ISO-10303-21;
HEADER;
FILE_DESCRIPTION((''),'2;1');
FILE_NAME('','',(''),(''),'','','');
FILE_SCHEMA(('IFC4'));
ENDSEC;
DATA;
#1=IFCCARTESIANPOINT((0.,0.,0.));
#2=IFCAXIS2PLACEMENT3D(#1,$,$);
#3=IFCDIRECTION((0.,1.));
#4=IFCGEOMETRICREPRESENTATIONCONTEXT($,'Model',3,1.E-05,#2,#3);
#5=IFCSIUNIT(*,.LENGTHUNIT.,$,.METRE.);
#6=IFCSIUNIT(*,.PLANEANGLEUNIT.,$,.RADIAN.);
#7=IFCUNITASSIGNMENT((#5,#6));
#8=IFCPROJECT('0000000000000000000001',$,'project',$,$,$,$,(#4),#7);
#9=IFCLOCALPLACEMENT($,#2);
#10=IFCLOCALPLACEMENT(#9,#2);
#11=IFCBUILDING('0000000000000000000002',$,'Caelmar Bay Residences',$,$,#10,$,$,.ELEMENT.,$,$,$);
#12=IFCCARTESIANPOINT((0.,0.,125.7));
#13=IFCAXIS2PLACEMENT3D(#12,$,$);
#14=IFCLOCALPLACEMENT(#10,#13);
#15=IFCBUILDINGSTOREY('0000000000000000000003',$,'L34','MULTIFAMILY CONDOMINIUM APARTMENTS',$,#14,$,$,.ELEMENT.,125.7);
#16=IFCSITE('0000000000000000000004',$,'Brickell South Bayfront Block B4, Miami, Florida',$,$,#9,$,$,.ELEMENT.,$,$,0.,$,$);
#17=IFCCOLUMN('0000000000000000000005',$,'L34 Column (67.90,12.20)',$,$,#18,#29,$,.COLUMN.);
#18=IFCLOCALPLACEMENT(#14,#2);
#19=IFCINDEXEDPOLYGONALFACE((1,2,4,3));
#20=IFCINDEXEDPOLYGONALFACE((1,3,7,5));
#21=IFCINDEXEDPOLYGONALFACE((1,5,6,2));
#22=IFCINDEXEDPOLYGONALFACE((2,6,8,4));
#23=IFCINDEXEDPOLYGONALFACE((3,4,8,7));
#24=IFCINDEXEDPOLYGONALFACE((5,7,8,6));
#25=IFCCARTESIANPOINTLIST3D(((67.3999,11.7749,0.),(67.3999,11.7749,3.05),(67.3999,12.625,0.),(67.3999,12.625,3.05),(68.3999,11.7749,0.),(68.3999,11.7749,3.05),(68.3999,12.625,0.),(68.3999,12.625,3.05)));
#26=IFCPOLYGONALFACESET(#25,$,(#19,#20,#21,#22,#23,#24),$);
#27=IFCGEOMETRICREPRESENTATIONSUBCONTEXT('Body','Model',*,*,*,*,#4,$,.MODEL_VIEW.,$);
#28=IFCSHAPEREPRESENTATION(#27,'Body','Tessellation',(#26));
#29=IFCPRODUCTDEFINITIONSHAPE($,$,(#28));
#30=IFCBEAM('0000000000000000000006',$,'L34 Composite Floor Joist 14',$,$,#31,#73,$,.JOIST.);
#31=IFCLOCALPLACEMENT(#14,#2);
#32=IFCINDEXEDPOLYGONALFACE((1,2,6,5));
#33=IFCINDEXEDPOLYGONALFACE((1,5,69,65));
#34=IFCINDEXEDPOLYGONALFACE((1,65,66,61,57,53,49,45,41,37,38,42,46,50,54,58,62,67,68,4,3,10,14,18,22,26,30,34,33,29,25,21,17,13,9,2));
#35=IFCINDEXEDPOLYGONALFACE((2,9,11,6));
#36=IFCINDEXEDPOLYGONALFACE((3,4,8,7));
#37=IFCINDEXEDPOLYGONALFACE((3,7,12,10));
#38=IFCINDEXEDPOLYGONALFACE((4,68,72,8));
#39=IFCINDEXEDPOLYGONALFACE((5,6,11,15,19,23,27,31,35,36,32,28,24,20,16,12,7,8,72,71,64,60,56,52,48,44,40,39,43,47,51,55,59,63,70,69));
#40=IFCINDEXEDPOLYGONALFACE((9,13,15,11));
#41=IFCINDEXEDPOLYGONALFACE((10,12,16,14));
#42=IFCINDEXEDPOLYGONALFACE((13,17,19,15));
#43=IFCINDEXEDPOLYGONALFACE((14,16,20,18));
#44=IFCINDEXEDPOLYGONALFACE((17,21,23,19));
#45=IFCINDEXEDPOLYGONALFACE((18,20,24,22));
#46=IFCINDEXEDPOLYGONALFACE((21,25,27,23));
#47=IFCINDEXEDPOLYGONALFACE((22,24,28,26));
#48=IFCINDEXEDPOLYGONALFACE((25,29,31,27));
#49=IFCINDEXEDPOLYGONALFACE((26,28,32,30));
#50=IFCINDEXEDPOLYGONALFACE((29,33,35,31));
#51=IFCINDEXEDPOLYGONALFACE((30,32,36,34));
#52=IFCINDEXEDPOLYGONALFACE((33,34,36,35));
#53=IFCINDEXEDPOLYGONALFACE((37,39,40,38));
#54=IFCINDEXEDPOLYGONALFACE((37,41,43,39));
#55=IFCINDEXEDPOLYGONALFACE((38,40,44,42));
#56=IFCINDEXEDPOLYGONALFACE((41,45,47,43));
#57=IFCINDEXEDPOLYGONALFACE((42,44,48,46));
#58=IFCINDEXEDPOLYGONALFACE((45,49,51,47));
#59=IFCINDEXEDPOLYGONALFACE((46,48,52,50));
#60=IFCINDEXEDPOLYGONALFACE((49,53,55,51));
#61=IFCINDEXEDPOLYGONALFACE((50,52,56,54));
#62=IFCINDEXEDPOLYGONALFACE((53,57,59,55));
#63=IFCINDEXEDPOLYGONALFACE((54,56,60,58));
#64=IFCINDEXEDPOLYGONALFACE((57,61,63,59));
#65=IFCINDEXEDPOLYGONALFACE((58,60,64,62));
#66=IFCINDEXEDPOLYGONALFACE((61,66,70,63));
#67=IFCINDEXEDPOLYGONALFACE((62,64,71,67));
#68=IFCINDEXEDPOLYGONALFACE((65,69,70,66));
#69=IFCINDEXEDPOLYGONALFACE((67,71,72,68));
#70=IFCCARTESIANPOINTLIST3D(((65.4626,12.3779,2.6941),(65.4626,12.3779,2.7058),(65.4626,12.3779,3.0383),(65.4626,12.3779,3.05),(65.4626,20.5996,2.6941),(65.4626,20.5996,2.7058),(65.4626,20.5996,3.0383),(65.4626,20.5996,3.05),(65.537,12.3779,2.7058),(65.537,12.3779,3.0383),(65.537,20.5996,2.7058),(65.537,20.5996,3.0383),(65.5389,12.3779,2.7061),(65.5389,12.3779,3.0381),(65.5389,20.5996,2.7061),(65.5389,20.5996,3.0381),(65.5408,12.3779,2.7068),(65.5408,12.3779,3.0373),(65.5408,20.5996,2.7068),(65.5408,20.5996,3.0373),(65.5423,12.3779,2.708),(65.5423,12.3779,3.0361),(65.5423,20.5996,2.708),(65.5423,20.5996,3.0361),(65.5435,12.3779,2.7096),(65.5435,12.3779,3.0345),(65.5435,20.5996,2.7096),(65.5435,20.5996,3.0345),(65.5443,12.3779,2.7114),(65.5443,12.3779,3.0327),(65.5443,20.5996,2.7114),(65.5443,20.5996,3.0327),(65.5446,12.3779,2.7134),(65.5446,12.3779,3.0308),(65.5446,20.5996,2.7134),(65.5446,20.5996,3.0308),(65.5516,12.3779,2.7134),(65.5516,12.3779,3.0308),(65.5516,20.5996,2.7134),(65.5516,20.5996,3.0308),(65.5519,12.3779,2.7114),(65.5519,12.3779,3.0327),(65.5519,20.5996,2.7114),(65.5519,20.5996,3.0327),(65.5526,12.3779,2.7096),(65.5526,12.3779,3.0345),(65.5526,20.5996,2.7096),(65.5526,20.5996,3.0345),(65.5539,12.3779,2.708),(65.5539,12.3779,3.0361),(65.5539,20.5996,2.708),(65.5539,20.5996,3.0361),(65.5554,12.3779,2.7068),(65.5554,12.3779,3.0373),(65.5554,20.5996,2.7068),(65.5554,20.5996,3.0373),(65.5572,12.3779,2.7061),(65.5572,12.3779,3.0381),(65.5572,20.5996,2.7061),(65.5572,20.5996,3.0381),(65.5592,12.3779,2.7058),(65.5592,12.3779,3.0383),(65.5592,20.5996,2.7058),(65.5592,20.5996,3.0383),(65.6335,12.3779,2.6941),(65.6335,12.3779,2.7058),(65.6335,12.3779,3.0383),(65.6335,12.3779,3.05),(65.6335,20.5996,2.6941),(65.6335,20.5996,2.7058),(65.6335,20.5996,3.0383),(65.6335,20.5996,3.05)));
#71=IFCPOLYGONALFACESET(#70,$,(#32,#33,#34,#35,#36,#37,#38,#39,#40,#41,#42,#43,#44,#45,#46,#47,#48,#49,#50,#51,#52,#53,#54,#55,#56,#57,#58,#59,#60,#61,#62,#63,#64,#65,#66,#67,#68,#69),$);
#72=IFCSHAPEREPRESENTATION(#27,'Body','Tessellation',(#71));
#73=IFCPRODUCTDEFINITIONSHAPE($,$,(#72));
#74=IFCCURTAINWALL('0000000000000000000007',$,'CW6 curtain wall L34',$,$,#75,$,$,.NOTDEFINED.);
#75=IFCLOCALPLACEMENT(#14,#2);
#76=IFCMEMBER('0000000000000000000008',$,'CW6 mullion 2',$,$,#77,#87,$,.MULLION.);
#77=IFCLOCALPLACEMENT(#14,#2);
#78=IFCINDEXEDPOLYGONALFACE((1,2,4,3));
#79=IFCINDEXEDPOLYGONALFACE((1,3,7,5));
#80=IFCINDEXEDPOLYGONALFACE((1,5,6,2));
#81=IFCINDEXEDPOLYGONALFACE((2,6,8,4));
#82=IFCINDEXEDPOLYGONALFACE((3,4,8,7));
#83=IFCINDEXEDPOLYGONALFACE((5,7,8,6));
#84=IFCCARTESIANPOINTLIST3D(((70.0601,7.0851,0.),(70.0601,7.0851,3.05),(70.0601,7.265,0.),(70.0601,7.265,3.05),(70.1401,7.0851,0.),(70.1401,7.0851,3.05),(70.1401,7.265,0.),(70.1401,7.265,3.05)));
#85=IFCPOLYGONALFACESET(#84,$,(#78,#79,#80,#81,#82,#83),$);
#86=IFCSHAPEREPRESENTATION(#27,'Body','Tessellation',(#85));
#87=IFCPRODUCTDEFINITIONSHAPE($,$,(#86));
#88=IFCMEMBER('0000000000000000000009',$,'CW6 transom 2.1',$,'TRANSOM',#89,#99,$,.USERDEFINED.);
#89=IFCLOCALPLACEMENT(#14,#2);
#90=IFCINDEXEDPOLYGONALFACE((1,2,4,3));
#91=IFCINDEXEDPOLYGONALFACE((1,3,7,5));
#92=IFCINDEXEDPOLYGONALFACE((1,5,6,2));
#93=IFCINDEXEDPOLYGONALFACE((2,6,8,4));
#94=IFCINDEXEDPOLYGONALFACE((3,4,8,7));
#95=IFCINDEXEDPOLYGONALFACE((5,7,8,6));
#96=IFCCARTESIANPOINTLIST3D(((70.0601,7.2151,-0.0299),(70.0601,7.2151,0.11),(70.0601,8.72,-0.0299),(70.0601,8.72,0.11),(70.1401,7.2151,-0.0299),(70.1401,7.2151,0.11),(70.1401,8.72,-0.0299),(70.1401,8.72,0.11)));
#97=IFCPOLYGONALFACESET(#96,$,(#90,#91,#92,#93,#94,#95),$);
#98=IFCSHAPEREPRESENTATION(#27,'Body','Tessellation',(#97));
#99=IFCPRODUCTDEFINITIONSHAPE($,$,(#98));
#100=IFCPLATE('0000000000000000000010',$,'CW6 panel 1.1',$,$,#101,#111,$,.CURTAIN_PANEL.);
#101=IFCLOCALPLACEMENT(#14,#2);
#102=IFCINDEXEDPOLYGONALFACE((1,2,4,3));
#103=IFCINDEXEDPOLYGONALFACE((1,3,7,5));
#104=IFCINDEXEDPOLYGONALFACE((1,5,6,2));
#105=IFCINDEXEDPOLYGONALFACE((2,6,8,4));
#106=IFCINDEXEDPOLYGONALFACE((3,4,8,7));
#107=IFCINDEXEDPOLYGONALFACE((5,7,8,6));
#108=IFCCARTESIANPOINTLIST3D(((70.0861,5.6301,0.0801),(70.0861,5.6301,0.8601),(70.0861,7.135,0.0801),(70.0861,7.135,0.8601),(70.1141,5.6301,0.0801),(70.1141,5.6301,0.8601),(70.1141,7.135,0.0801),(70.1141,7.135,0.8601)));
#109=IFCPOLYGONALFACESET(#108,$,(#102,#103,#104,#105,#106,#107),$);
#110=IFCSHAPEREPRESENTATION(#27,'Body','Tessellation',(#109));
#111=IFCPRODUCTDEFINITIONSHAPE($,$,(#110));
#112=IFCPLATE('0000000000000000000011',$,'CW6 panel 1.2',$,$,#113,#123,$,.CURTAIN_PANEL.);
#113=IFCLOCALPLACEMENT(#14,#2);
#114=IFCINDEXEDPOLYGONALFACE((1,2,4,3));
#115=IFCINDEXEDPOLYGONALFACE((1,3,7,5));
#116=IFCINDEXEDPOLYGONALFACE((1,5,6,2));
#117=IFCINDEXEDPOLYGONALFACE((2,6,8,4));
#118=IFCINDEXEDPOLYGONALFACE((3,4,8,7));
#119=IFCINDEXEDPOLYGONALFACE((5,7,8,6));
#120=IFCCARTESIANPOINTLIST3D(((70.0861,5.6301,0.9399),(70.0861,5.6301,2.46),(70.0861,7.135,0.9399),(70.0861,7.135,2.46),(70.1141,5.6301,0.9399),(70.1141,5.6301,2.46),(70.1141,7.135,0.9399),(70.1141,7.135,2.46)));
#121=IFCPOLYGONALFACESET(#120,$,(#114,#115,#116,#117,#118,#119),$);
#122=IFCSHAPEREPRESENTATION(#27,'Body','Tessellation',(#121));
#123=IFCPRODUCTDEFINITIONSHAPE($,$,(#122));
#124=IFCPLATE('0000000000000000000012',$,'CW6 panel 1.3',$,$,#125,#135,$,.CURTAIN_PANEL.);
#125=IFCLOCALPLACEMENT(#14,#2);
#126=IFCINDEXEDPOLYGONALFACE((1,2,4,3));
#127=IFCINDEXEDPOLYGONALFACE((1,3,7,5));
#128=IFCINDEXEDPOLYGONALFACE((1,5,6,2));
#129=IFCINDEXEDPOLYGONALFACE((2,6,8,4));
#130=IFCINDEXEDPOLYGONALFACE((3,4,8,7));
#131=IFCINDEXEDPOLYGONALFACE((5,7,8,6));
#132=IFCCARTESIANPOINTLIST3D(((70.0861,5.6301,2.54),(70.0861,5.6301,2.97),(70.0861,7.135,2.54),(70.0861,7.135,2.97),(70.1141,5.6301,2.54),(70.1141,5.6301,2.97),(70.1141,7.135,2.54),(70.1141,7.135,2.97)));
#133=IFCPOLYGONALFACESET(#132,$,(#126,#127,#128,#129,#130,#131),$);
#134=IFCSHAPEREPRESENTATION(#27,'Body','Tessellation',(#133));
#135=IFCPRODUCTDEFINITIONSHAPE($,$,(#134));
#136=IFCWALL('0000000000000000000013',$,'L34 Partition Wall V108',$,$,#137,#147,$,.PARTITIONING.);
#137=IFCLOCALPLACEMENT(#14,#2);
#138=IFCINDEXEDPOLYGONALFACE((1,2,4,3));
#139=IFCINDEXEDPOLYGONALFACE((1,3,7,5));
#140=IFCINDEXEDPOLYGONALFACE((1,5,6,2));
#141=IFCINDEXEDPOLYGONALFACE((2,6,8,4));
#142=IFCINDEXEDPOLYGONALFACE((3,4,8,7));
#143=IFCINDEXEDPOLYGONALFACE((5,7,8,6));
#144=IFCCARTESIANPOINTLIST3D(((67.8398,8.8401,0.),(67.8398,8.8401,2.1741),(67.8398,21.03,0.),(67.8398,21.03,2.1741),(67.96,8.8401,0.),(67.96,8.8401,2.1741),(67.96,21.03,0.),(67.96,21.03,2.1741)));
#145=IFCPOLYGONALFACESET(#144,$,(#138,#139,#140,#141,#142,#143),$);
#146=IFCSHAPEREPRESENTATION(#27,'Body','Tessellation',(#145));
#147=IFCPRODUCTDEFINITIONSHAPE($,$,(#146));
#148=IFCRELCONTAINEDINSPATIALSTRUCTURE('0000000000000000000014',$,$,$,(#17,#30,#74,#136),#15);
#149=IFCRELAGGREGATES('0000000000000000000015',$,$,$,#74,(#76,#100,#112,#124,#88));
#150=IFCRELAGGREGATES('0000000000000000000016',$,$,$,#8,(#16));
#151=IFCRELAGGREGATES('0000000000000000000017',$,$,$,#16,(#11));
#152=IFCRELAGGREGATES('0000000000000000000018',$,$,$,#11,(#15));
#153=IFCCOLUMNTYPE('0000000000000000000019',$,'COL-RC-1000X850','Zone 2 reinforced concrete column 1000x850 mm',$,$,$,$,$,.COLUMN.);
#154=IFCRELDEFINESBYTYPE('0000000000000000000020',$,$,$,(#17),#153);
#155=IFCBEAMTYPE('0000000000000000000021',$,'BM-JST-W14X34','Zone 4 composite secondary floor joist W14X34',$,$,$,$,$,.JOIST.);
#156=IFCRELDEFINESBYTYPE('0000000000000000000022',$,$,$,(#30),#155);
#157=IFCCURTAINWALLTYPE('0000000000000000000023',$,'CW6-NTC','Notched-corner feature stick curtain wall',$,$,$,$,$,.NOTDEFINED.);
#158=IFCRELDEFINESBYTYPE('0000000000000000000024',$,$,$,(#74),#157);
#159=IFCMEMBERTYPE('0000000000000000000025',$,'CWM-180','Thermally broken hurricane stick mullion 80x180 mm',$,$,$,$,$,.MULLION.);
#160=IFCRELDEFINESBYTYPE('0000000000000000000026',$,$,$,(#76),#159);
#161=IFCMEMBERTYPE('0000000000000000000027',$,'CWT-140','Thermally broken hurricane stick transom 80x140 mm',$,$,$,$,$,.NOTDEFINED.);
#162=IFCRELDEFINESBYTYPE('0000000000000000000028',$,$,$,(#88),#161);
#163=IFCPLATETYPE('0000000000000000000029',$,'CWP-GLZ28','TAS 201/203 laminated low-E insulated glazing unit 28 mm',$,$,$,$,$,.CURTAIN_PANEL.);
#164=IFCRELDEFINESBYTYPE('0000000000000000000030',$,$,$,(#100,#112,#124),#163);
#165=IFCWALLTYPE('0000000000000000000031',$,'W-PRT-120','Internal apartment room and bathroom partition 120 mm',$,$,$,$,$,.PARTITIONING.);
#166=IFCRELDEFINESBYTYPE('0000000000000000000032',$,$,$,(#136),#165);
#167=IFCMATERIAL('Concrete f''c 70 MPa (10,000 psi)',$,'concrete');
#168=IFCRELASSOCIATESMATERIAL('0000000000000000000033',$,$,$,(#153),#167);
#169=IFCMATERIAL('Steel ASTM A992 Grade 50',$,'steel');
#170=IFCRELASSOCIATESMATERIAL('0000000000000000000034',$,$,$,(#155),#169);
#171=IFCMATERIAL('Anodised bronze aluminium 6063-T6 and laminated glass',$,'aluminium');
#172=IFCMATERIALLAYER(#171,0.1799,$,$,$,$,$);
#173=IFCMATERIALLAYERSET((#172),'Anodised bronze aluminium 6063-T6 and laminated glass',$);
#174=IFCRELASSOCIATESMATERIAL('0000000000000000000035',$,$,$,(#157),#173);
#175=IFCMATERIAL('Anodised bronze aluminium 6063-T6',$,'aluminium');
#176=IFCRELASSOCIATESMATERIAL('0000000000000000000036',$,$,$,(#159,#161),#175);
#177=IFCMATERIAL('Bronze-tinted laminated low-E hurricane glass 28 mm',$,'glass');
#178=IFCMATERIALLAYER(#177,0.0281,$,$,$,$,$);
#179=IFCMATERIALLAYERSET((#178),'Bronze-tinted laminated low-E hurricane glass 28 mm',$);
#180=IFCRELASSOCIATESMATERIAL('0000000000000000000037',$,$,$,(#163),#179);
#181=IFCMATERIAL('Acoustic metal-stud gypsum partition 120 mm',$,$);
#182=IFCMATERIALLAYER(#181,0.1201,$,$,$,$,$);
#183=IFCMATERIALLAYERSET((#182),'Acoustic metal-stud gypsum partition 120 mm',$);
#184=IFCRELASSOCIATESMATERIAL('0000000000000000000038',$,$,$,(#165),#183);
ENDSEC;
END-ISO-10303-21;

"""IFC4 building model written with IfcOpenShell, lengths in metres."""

from ifc_helpers import new_model, si_unit, direction, frame, frame_2d, origin, origin_2d, place, context, subcontext, project, spatial, rectangle, i_section, extrude, material, layer, layer_set, material_profile, profile_set, type_object, element, aggregate, save


model = new_model("IFC4")

# Units and contexts
model_context = context("Model", 3, precision=1e-05, world=origin(), true_north=direction((0.0, 1.0)))
body_context = subcontext(model_context, "Body", "Model", "MODEL_VIEW")
ifc_project = project(units=[si_unit("LENGTHUNIT", "METRE"), si_unit("PLANEANGLEUNIT", "RADIAN")], contexts=[model_context])

# Site, building, storey
site_placement = place(None, origin())
site = spatial("IfcSite", under=ifc_project, at=site_placement, Name="Brickell South Bayfront Block B4, Miami, Florida", CompositionType="ELEMENT", RefElevation=0.0)
building_placement = place(site_placement, origin())
building = spatial("IfcBuilding", under=site, at=building_placement, Name="Caelmar Bay Residences", CompositionType="ELEMENT")
storey_placement = place(building_placement, frame((0.0, 0.0, 125.7)))
storey = spatial("IfcBuildingStorey", under=building, at=storey_placement, Name="L34", Description="MULTIFAMILY CONDOMINIUM APARTMENTS", CompositionType="ELEMENT", Elevation=125.7)

# Column
ifc_material_1 = material(Name="Concrete f'c 70 MPa (10,000 psi)", Category="concrete")
ifc_material_profile_1 = material_profile(ifc_material_1, rectangle(XDim=1.0, YDim=0.8501, at=origin_2d()), Name="RC-COL-1000X850")
ifc_profile_set_1 = profile_set([ifc_material_profile_1], Name="Concrete f'c 70 MPa (10,000 psi)")
column_type = type_object("IfcColumnType", Name="COL-RC-1000X850", Description="Zone 2 reinforced concrete column 1000x850 mm", PredefinedType="COLUMN", material=ifc_profile_set_1)
column_placement = place(storey_placement, frame((67.8999, 12.2, 0.0), z_axis=(0.0, 0.0, 1.0), x_axis=(1.0, 0.0, 0.0)))
element("IfcColumn", 1, at=column_placement, inside=storey, type_object=column_type, Name="L34 Column (67.90,12.20)", PredefinedType="COLUMN", context=body_context, shape_type="SweptSolid", body=[
    extrude(rectangle(XDim=1.0, YDim=0.8501, at=origin_2d()), origin(), (0.0, 0.0, 1.0), 3.05),
])

# Beam
ifc_material_2 = material(Name="Steel ASTM A992 Grade 50", Category="steel")
ifc_material_profile_2 = material_profile(ifc_material_2, i_section(OverallWidth=0.1709, OverallDepth=0.356, WebThickness=0.0071, FlangeThickness=0.0117, FilletRadius=0.0076, at=origin_2d()), Name="W14X34")
ifc_profile_set_2 = profile_set([ifc_material_profile_2], Name="Steel ASTM A992 Grade 50")
beam_type = type_object("IfcBeamType", Name="BM-JST-W14X34", Description="Zone 4 composite secondary floor joist W14X34", PredefinedType="JOIST", material=ifc_profile_set_2)
beam_placement = place(storey_placement, frame((65.5481, 12.3779, 2.8721), z_axis=(0.0, 1.0, 0.0), x_axis=(-1.0, 0.0, 0.0)))
element("IfcBeam", 2, at=beam_placement, inside=storey, type_object=beam_type, Name="L34 Composite Floor Joist 14", PredefinedType="JOIST", context=body_context, shape_type="SweptSolid", body=[
    extrude(i_section(OverallWidth=0.1709, OverallDepth=0.356, WebThickness=0.0071, FlangeThickness=0.0117, FilletRadius=0.0076, at=origin_2d()), origin(), (0.0, 0.0, 1.0), 8.2217),
])

# Curtain wall, members, plates
ifc_material_3 = material(Name="Anodised bronze aluminium 6063-T6 and laminated glass", Category="aluminium")
ifc_layer_1 = layer(ifc_material_3, 0.1799)
ifc_layer_set_1 = layer_set([ifc_layer_1], Name="Anodised bronze aluminium 6063-T6 and laminated glass")
curtain_wall_type = type_object("IfcCurtainWallType", Name="CW6-NTC", Description="Notched-corner feature stick curtain wall", PredefinedType="NOTDEFINED", material=ifc_layer_set_1)
curtain_wall_placement = place(storey_placement, origin())
curtain_wall = element("IfcCurtainWall", 3, at=curtain_wall_placement, inside=storey, type_object=curtain_wall_type, Name="CW6 curtain wall L34", PredefinedType="NOTDEFINED")
ifc_material_4 = material(Name="Anodised bronze aluminium 6063-T6", Category="aluminium")
ifc_material_profile_3 = material_profile(ifc_material_4, rectangle(XDim=0.0801, YDim=0.1799, at=origin_2d()), Name="CWM-80X180")
ifc_profile_set_3 = profile_set([ifc_material_profile_3], Name="Anodised bronze aluminium 6063-T6")
member_type_1 = type_object("IfcMemberType", Name="CWM-180", Description="Thermally broken hurricane stick mullion 80x180 mm", PredefinedType="MULLION", material=ifc_profile_set_3)
member_1_placement = place(storey_placement, frame((70.1001, 7.175, 0.0), z_axis=(0.0, 0.0, 1.0), x_axis=(-1.0, 0.0, 0.0)))
member_1 = element("IfcMember", 4, at=member_1_placement, type_object=member_type_1, Name="CW6 mullion 2", PredefinedType="MULLION", context=body_context, shape_type="SweptSolid", body=[
    extrude(rectangle(XDim=0.0801, YDim=0.1799, at=origin_2d()), origin(), (0.0, 0.0, 1.0), 3.05),
])
ifc_material_profile_4 = material_profile(ifc_material_4, rectangle(XDim=0.0801, YDim=0.1399, at=origin_2d()), Name="CWT-80X140")
ifc_profile_set_4 = profile_set([ifc_material_profile_4], Name="Anodised bronze aluminium 6063-T6")
member_type_2 = type_object("IfcMemberType", Name="CWT-140", Description="Thermally broken hurricane stick transom 80x140 mm", PredefinedType="NOTDEFINED", material=ifc_profile_set_4)
member_2_placement = place(storey_placement, frame((70.1001, 7.2151, 0.04), z_axis=(0.0, 1.0, 0.0), x_axis=(-1.0, 0.0, 0.0)))
member_2 = element("IfcMember", 5, at=member_2_placement, type_object=member_type_2, Name="CW6 transom 2.1", ObjectType="TRANSOM", PredefinedType="USERDEFINED", context=body_context, shape_type="SweptSolid", body=[
    extrude(rectangle(XDim=0.0801, YDim=0.1399, at=origin_2d()), origin(), (0.0, 0.0, 1.0), 1.5049),
])
ifc_material_5 = material(Name="Bronze-tinted laminated low-E hurricane glass 28 mm", Category="glass")
ifc_layer_2 = layer(ifc_material_5, 0.0281)
ifc_layer_set_2 = layer_set([ifc_layer_2], Name="Bronze-tinted laminated low-E hurricane glass 28 mm")
plate_type = type_object("IfcPlateType", Name="CWP-GLZ28", Description="TAS 201/203 laminated low-E insulated glazing unit 28 mm", PredefinedType="CURTAIN_PANEL", material=ifc_layer_set_2)
plate_1_placement = place(storey_placement, frame((70.1001, 6.3826, 0.0801), z_axis=(0.0, 0.0, 1.0), x_axis=(0.0, 1.0, 0.0)))
plate_1 = element("IfcPlate", 6, at=plate_1_placement, type_object=plate_type, Name="CW6 panel 1.1", PredefinedType="CURTAIN_PANEL", context=body_context, shape_type="SweptSolid", body=[
    extrude(rectangle(XDim=1.5049, YDim=0.0281, at=origin_2d()), origin(), (0.0, 0.0, 1.0), 0.78),
])
plate_2_placement = place(storey_placement, frame((70.1001, 6.3826, 0.9399), z_axis=(0.0, 0.0, 1.0), x_axis=(0.0, 1.0, 0.0)))
plate_2 = element("IfcPlate", 7, at=plate_2_placement, type_object=plate_type, Name="CW6 panel 1.2", PredefinedType="CURTAIN_PANEL", context=body_context, shape_type="SweptSolid", body=[
    extrude(rectangle(XDim=1.5049, YDim=0.0281, at=origin_2d()), origin(), (0.0, 0.0, 1.0), 1.52),
])
plate_3_placement = place(storey_placement, frame((70.1001, 6.3826, 2.54), z_axis=(0.0, 0.0, 1.0), x_axis=(0.0, 1.0, 0.0)))
plate_3 = element("IfcPlate", 8, at=plate_3_placement, type_object=plate_type, Name="CW6 panel 1.3", PredefinedType="CURTAIN_PANEL", context=body_context, shape_type="SweptSolid", body=[
    extrude(rectangle(XDim=1.5049, YDim=0.0281, at=origin_2d()), origin(), (0.0, 0.0, 1.0), 0.4299),
])
aggregate(curtain_wall, [member_1, plate_1, plate_2, plate_3, member_2])

# Wall
ifc_material_6 = material(Name="Acoustic metal-stud gypsum partition 120 mm")
ifc_layer_3 = layer(ifc_material_6, 0.1201)
ifc_layer_set_3 = layer_set([ifc_layer_3], Name="Acoustic metal-stud gypsum partition 120 mm")
wall_type = type_object("IfcWallType", Name="W-PRT-120", Description="Internal apartment room and bathroom partition 120 mm", PredefinedType="PARTITIONING", material=ifc_layer_set_3)
wall_placement = place(storey_placement, frame((67.8999, 8.8401, 0.0), z_axis=(0.0, 0.0, 1.0), x_axis=(0.0, 1.0, 0.0)))
element("IfcWall", 9, at=wall_placement, inside=storey, type_object=wall_type, Name="L34 Partition Wall V108", PredefinedType="PARTITIONING", context=body_context, shape_type="SweptSolid", body=[
    extrude(rectangle(XDim=12.1899, YDim=0.1201, at=frame_2d((6.095, 0.0))), origin(), (0.0, 0.0, 1.0), 2.1741),
])

save(model, "model.ifc")
